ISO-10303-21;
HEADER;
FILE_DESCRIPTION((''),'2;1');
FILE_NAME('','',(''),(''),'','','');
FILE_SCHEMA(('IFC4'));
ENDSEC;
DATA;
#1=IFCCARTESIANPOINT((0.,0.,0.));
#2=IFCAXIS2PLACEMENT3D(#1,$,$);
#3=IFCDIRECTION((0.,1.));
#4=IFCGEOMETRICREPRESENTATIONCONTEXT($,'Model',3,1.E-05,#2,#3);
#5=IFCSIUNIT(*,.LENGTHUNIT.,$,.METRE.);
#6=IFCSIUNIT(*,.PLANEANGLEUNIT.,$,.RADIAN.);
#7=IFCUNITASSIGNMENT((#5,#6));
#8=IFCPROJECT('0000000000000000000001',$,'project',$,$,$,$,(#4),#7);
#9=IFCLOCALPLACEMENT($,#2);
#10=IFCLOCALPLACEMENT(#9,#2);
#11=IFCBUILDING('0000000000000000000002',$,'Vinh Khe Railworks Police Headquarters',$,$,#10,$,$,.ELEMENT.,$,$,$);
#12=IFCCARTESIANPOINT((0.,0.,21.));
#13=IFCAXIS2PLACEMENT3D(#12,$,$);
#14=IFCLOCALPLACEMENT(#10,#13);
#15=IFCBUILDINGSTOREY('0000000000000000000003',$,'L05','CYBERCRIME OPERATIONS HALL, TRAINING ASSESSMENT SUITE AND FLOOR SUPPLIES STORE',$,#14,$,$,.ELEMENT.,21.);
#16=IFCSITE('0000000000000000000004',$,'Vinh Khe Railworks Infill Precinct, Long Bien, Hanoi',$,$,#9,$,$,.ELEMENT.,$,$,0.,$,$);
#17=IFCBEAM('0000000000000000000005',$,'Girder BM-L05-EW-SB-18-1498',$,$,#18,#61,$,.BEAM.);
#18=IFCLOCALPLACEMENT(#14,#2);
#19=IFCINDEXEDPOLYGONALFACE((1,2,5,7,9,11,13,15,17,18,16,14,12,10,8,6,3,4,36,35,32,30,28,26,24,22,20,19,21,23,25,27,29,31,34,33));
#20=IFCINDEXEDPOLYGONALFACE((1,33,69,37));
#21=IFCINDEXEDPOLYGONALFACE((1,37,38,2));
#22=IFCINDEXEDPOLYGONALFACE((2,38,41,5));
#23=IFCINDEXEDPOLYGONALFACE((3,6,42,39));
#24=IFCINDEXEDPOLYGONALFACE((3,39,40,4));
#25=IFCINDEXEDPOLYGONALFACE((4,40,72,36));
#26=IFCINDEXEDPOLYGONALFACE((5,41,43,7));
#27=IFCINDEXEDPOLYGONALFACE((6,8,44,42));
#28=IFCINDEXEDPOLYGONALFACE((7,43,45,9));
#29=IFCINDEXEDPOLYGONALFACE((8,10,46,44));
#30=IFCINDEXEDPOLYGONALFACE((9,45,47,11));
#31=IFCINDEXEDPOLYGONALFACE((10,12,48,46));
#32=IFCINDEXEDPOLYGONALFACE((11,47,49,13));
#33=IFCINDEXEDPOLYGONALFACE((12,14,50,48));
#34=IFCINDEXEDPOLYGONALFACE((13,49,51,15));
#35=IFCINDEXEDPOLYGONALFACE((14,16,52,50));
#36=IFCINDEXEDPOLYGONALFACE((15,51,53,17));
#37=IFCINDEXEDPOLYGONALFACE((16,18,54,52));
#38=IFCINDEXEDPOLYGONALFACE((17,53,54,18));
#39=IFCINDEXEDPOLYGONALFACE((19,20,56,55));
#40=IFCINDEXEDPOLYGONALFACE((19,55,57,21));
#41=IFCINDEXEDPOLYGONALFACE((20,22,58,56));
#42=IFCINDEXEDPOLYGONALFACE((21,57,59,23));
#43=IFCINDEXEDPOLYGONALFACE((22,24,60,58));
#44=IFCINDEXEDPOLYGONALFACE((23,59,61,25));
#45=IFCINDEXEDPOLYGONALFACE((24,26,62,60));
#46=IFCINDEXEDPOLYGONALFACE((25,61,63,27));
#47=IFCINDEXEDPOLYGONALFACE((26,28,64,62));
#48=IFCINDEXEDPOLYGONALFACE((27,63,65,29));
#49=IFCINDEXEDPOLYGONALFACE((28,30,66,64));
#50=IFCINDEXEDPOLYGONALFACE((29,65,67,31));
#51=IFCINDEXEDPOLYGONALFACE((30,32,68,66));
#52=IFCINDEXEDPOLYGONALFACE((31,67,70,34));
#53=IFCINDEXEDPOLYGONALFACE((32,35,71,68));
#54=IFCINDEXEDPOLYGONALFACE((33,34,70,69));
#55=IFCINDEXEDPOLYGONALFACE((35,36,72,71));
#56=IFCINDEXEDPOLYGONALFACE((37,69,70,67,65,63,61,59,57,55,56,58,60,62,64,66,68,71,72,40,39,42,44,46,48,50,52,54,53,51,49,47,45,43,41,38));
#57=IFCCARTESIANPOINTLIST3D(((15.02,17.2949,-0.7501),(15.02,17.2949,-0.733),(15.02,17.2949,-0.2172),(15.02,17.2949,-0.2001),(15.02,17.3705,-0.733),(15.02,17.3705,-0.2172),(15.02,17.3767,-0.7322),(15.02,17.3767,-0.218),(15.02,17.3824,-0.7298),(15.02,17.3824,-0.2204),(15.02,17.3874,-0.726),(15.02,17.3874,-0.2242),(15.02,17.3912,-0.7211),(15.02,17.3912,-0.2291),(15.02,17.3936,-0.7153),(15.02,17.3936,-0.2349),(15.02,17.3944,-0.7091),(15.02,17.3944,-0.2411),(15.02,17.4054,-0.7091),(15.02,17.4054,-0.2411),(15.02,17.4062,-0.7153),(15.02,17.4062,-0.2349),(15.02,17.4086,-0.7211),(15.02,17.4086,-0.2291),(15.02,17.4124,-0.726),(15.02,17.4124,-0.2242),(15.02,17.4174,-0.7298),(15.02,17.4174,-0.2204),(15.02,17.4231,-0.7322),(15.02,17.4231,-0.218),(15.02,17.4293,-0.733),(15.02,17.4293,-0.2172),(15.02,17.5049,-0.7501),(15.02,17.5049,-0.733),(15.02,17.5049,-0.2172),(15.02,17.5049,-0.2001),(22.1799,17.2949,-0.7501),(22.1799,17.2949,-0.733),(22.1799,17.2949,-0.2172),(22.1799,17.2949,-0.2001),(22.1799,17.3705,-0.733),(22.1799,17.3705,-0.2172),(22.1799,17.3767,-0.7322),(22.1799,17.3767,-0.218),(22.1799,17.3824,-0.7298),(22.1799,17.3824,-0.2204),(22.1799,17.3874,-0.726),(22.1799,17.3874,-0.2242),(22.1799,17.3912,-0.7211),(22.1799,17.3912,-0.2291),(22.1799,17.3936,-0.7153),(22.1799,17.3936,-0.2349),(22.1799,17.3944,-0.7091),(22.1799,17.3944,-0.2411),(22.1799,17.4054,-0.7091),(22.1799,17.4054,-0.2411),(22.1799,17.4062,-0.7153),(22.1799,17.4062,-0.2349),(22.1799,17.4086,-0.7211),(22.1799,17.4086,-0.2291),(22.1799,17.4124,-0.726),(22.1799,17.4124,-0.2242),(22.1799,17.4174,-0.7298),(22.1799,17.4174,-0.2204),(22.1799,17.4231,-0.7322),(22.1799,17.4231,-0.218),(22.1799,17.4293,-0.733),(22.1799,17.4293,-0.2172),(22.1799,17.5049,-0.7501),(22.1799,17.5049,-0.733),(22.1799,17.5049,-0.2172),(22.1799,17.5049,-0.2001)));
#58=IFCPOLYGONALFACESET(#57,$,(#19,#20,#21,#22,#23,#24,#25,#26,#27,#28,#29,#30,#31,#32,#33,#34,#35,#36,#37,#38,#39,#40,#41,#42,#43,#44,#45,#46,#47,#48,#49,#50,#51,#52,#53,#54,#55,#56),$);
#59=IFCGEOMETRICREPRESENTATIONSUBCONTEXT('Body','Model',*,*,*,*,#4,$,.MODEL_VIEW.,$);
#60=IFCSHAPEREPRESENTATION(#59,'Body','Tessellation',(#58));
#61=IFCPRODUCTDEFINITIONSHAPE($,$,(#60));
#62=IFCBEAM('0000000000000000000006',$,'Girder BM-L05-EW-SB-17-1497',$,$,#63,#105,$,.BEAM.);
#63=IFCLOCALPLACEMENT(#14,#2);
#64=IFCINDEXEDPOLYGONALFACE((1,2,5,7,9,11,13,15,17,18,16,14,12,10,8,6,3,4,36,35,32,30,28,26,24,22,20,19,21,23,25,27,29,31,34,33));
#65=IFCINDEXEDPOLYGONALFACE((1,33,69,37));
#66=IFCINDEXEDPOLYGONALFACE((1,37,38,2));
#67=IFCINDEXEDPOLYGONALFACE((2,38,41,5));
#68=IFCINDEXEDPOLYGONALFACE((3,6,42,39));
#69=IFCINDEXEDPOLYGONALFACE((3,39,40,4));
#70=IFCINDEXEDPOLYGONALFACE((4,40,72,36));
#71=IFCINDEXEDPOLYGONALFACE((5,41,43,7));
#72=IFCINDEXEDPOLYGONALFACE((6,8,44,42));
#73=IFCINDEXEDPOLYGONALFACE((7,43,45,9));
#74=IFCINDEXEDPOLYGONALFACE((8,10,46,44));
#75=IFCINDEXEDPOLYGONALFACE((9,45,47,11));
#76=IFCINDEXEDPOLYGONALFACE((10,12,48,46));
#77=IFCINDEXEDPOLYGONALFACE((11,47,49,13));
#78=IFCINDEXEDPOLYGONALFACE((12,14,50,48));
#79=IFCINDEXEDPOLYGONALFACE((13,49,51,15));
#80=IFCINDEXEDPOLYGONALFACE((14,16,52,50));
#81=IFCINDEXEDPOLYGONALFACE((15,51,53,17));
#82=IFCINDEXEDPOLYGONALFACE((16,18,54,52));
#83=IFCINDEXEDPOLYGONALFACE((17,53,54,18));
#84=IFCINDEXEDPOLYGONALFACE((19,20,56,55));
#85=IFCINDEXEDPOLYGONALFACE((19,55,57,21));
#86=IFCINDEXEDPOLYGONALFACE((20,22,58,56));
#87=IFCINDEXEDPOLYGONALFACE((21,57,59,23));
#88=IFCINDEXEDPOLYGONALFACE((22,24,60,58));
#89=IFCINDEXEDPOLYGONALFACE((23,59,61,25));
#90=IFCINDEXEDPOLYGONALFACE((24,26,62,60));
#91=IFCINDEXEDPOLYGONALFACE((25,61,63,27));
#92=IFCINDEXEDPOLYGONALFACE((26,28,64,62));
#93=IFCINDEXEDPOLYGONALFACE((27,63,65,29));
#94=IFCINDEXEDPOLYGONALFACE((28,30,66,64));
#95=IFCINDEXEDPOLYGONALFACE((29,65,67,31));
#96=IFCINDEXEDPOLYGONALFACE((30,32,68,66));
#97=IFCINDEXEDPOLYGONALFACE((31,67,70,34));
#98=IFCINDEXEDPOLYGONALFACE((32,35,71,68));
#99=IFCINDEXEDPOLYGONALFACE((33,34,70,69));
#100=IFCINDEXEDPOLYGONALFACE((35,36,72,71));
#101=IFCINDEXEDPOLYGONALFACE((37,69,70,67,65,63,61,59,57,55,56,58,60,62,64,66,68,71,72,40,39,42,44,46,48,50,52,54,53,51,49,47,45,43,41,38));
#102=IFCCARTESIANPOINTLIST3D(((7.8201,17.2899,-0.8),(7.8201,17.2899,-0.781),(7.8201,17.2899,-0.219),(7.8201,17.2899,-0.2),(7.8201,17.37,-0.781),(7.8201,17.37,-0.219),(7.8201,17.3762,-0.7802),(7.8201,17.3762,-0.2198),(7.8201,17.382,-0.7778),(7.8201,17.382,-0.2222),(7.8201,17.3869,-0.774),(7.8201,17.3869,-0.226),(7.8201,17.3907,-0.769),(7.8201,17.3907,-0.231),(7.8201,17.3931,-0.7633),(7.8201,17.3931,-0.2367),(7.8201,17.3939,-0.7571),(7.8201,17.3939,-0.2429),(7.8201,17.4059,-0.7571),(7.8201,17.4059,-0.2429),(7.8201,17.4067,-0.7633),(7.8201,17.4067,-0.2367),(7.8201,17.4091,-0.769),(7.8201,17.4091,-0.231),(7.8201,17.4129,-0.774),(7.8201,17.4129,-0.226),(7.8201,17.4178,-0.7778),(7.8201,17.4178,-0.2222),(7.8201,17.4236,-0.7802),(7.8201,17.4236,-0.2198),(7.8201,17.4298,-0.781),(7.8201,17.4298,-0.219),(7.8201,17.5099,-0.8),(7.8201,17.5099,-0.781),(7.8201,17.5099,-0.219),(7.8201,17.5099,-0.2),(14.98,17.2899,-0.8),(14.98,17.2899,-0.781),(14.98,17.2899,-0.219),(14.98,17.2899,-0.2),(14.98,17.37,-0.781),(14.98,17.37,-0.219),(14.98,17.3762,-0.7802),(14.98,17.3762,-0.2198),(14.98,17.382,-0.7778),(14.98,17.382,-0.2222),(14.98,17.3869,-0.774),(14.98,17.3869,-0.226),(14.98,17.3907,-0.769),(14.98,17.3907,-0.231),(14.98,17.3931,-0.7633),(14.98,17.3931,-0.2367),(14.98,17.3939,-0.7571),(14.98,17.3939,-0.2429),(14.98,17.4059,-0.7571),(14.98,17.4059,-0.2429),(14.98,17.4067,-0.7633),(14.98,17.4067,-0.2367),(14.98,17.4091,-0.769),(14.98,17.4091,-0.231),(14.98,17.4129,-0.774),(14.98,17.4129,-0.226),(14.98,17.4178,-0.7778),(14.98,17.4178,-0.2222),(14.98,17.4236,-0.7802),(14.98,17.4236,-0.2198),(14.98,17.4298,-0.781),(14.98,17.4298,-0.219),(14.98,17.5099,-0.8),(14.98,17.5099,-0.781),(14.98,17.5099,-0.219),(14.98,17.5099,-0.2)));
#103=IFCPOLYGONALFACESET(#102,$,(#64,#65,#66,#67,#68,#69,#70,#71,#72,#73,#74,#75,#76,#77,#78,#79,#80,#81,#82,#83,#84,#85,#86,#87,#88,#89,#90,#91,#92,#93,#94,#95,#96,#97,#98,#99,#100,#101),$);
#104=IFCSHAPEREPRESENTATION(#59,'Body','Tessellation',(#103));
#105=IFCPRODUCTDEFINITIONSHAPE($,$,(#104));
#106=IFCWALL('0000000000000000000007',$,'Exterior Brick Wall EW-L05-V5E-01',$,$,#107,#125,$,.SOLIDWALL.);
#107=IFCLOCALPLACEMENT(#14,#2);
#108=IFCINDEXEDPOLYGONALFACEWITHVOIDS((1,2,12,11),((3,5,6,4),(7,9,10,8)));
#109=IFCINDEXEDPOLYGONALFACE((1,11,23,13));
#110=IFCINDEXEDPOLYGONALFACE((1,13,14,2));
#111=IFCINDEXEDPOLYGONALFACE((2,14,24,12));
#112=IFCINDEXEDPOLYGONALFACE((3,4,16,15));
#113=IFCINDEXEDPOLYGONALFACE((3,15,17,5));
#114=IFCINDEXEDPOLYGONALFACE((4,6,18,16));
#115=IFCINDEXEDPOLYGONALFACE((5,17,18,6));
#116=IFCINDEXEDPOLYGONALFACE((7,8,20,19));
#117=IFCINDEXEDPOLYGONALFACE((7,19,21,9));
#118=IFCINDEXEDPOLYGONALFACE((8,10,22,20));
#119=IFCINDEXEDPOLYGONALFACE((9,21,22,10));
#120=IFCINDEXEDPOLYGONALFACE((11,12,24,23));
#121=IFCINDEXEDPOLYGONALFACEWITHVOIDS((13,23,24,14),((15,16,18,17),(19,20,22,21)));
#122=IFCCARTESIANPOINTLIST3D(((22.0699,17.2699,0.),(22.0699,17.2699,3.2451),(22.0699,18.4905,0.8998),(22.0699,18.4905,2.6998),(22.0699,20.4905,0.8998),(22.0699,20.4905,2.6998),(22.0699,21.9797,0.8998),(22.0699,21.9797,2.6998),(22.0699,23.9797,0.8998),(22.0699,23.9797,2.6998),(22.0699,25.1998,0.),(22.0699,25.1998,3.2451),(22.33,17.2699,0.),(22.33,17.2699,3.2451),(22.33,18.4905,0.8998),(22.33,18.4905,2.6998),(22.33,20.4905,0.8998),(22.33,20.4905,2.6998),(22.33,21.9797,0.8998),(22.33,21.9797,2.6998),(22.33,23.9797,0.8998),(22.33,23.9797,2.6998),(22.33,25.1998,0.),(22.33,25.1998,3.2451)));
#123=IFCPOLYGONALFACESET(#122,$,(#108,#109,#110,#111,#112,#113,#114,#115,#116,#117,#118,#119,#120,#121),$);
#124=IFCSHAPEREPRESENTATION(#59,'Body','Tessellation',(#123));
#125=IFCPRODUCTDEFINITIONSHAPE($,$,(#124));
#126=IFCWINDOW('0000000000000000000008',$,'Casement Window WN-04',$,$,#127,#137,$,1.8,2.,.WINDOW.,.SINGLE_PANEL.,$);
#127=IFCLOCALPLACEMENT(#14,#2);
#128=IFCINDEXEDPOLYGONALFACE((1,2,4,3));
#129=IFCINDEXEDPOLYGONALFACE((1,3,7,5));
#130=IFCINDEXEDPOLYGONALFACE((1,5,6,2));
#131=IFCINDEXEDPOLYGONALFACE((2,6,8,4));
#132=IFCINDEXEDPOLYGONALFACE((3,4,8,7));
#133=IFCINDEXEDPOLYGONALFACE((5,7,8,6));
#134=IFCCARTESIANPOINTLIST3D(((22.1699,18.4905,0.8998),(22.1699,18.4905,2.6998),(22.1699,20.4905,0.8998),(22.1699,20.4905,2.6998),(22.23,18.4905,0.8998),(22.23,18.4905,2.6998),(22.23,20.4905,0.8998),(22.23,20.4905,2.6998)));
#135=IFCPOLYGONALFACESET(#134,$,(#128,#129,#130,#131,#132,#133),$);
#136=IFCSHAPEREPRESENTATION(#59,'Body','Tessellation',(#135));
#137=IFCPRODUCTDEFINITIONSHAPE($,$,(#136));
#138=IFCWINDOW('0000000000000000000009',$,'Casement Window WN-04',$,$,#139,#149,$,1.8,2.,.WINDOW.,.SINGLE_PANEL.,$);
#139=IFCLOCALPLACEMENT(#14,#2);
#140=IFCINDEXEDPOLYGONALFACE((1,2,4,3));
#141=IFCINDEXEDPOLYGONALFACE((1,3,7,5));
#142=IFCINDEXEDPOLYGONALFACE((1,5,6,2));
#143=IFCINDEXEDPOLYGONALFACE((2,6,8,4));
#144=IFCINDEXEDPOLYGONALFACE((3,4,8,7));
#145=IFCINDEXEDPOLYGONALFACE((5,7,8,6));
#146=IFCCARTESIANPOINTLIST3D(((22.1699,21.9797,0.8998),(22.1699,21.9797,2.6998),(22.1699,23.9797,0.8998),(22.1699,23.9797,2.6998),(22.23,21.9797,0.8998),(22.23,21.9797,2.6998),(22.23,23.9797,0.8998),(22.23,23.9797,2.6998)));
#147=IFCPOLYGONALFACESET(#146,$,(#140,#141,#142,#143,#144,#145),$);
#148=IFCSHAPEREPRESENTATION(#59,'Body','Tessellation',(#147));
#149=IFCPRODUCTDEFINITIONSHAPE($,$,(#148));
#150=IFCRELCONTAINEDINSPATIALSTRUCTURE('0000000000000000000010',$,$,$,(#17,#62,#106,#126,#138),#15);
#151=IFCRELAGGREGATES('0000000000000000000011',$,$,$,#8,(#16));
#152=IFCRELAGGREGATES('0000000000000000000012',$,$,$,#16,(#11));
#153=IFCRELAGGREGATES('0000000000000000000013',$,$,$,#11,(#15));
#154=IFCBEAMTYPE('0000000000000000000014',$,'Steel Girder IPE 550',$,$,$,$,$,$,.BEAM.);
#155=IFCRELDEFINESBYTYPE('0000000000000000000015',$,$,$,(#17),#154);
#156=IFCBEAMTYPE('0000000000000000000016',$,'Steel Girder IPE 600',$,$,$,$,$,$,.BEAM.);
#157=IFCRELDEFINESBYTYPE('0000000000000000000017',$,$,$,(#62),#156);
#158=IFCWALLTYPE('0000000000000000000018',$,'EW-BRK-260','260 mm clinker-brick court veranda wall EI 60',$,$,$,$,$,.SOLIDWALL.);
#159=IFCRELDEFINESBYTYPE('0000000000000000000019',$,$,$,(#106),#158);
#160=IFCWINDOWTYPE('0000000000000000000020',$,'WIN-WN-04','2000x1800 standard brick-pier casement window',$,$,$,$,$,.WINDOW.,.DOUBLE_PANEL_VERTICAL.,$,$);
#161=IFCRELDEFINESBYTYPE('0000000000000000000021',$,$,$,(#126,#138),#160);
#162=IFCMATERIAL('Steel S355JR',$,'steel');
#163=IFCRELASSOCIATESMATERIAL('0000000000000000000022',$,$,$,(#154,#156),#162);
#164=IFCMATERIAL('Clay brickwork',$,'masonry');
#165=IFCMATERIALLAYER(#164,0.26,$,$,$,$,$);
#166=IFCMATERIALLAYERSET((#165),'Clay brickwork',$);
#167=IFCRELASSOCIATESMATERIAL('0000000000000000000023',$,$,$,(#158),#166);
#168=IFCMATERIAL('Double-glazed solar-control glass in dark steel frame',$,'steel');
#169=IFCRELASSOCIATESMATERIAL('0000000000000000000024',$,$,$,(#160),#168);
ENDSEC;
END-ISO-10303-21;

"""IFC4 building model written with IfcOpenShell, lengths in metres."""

from ifc_helpers import new_model, si_unit, direction, frame, frame_2d, origin, origin_2d, place, context, subcontext, project, spatial, rectangle, i_section, extrude, material, layer, layer_set, material_profile, profile_set, type_object, element, fill, save


model = new_model("IFC4")

# Units and contexts
model_context = context("Model", 3, precision=1e-05, world=origin(), true_north=direction((0.0, 1.0)))
body_context = subcontext(model_context, "Body", "Model", "MODEL_VIEW")
ifc_project = project(units=[si_unit("LENGTHUNIT", "METRE"), si_unit("PLANEANGLEUNIT", "RADIAN")], contexts=[model_context])

# Site, building, storey
site_placement = place(None, origin())
site = spatial("IfcSite", under=ifc_project, at=site_placement, Name="Vinh Khe Railworks Infill Precinct, Long Bien, Hanoi", CompositionType="ELEMENT", RefElevation=0.0)
building_placement = place(site_placement, origin())
building = spatial("IfcBuilding", under=site, at=building_placement, Name="Vinh Khe Railworks Police Headquarters", CompositionType="ELEMENT")
storey_placement = place(building_placement, frame((0.0, 0.0, 21.0)))
storey = spatial("IfcBuildingStorey", under=building, at=storey_placement, Name="L05", Description="CYBERCRIME OPERATIONS HALL, TRAINING ASSESSMENT SUITE AND FLOOR SUPPLIES STORE", CompositionType="ELEMENT", Elevation=21.0)

# Shared definitions
ifc_material_1 = material(Name="Steel S355JR", Category="steel")

# Beams
ifc_material_profile_1 = material_profile(ifc_material_1, i_section(OverallWidth=0.21, OverallDepth=0.55, WebThickness=0.011, FlangeThickness=0.0171, FilletRadius=0.0239, at=origin_2d()), Name="IPE 550")
ifc_profile_set_1 = profile_set([ifc_material_profile_1], Name="Steel S355JR")
beam_type_1 = type_object("IfcBeamType", Name="Steel Girder IPE 550", PredefinedType="BEAM", material=ifc_profile_set_1)
beam_1_placement = place(storey_placement, frame((15.02, 17.3999, -0.4751), z_axis=(1.0, 0.0, 0.0), x_axis=(0.0, 1.0, 0.0)))
element("IfcBeam", 1, at=beam_1_placement, inside=storey, type_object=beam_type_1, Name="Girder BM-L05-EW-SB-18-1498", PredefinedType="BEAM", context=body_context, shape_type="SweptSolid", body=[
    extrude(i_section(OverallWidth=0.21, OverallDepth=0.55, WebThickness=0.011, FlangeThickness=0.0171, FilletRadius=0.0239, at=origin_2d()), origin(), (0.0, 0.0, 1.0), 7.1599),
])
ifc_material_profile_2 = material_profile(ifc_material_1, i_section(OverallWidth=0.22, OverallDepth=0.6001, WebThickness=0.012, FlangeThickness=0.019, FilletRadius=0.0239, at=origin_2d()), Name="IPE 600")
ifc_profile_set_2 = profile_set([ifc_material_profile_2], Name="Steel S355JR")
beam_type_2 = type_object("IfcBeamType", Name="Steel Girder IPE 600", PredefinedType="BEAM", material=ifc_profile_set_2)
beam_2_placement = place(storey_placement, frame((7.8201, 17.3999, -0.5), z_axis=(1.0, 0.0, 0.0), x_axis=(0.0, 1.0, 0.0)))
element("IfcBeam", 2, at=beam_2_placement, inside=storey, type_object=beam_type_2, Name="Girder BM-L05-EW-SB-17-1497", PredefinedType="BEAM", context=body_context, shape_type="SweptSolid", body=[
    extrude(i_section(OverallWidth=0.22, OverallDepth=0.6001, WebThickness=0.012, FlangeThickness=0.019, FilletRadius=0.0239, at=origin_2d()), origin(), (0.0, 0.0, 1.0), 7.1599),
])

# Wall, openings, windows
ifc_material_2 = material(Name="Clay brickwork", Category="masonry")
ifc_layer_1 = layer(ifc_material_2, 0.26)
ifc_layer_set_1 = layer_set([ifc_layer_1], Name="Clay brickwork")
wall_type_1 = type_object("IfcWallType", Name="EW-BRK-260", Description="260 mm clinker-brick court veranda wall EI 60", PredefinedType="SOLIDWALL", material=ifc_layer_set_1)
wall_1_placement = place(storey_placement, frame((22.2, 17.27, 0.0), z_axis=(0.0, 0.0, 1.0), x_axis=(0.0, 1.0, 0.0)))
wall_1 = element("IfcWall", 3, at=wall_1_placement, inside=storey, type_object=wall_type_1, Name="Exterior Brick Wall EW-L05-V5E-01", PredefinedType="SOLIDWALL", context=body_context, shape_type="SweptSolid", body=[
    extrude(rectangle(XDim=7.9299, YDim=0.26, at=frame_2d((3.9648, 0.0))), origin(), (0.0, 0.0, 1.0), 3.2451),
])
opening_1_placement = place(wall_1_placement, frame((1.2205, 0.0, 0.8999)))
opening_1 = element("IfcOpeningElement", 4, at=opening_1_placement, cuts=wall_1, PredefinedType="OPENING", context=body_context, shape_type="SweptSolid", body=[
    extrude(rectangle(XDim=2.0, YDim=1.8, at=frame_2d((1.0, 0.8999))), frame((0.0, 0.145, 0.0), z_axis=(0.0, -1.0, 0.0), x_axis=(1.0, 0.0, 0.0)), (0.0, 0.0, 1.0), 0.2898),
])
opening_2_placement = place(wall_1_placement, frame((4.7097, 0.0, 0.8999)))
opening_2 = element("IfcOpeningElement", 5, at=opening_2_placement, cuts=wall_1, PredefinedType="OPENING", context=body_context, shape_type="SweptSolid", body=[
    extrude(rectangle(XDim=2.0, YDim=1.8, at=frame_2d((1.0, 0.8999))), frame((0.0, 0.145, 0.0), z_axis=(0.0, -1.0, 0.0), x_axis=(1.0, 0.0, 0.0)), (0.0, 0.0, 1.0), 0.2898),
])
ifc_material_3 = material(Name="Double-glazed solar-control glass in dark steel frame", Category="steel")
window_type_1 = type_object("IfcWindowType", Name="WIN-WN-04", Description="2000x1800 standard brick-pier casement window", PartitioningType="DOUBLE_PANEL_VERTICAL", PredefinedType="WINDOW", material=ifc_material_3)
window_1_placement = place(opening_1_placement, origin())
window_1 = element("IfcWindow", 6, at=window_1_placement, inside=storey, type_object=window_type_1, Name="Casement Window WN-04", OverallHeight=1.8, OverallWidth=2.0, PartitioningType="SINGLE_PANEL", PredefinedType="WINDOW", context=body_context, shape_type="SweptSolid", body=[
    extrude(rectangle(XDim=2.0, YDim=1.8, at=frame_2d((1.0, 0.8999))), frame((0.0, 0.03, 0.0), z_axis=(0.0, -1.0, 0.0), x_axis=(1.0, 0.0, 0.0)), (0.0, 0.0, 1.0), 0.0601),
])
fill(opening_1, window_1)
window_2_placement = place(opening_2_placement, origin())
window_2 = element("IfcWindow", 7, at=window_2_placement, inside=storey, type_object=window_type_1, Name="Casement Window WN-04", OverallHeight=1.8, OverallWidth=2.0, PartitioningType="SINGLE_PANEL", PredefinedType="WINDOW", context=body_context, shape_type="SweptSolid", body=[
    extrude(rectangle(XDim=2.0, YDim=1.8, at=frame_2d((1.0, 0.8999))), frame((0.0, 0.03, 0.0), z_axis=(0.0, -1.0, 0.0), x_axis=(1.0, 0.0, 0.0)), (0.0, 0.0, 1.0), 0.0601),
])
fill(opening_2, window_2)

save(model, "model.ifc")
